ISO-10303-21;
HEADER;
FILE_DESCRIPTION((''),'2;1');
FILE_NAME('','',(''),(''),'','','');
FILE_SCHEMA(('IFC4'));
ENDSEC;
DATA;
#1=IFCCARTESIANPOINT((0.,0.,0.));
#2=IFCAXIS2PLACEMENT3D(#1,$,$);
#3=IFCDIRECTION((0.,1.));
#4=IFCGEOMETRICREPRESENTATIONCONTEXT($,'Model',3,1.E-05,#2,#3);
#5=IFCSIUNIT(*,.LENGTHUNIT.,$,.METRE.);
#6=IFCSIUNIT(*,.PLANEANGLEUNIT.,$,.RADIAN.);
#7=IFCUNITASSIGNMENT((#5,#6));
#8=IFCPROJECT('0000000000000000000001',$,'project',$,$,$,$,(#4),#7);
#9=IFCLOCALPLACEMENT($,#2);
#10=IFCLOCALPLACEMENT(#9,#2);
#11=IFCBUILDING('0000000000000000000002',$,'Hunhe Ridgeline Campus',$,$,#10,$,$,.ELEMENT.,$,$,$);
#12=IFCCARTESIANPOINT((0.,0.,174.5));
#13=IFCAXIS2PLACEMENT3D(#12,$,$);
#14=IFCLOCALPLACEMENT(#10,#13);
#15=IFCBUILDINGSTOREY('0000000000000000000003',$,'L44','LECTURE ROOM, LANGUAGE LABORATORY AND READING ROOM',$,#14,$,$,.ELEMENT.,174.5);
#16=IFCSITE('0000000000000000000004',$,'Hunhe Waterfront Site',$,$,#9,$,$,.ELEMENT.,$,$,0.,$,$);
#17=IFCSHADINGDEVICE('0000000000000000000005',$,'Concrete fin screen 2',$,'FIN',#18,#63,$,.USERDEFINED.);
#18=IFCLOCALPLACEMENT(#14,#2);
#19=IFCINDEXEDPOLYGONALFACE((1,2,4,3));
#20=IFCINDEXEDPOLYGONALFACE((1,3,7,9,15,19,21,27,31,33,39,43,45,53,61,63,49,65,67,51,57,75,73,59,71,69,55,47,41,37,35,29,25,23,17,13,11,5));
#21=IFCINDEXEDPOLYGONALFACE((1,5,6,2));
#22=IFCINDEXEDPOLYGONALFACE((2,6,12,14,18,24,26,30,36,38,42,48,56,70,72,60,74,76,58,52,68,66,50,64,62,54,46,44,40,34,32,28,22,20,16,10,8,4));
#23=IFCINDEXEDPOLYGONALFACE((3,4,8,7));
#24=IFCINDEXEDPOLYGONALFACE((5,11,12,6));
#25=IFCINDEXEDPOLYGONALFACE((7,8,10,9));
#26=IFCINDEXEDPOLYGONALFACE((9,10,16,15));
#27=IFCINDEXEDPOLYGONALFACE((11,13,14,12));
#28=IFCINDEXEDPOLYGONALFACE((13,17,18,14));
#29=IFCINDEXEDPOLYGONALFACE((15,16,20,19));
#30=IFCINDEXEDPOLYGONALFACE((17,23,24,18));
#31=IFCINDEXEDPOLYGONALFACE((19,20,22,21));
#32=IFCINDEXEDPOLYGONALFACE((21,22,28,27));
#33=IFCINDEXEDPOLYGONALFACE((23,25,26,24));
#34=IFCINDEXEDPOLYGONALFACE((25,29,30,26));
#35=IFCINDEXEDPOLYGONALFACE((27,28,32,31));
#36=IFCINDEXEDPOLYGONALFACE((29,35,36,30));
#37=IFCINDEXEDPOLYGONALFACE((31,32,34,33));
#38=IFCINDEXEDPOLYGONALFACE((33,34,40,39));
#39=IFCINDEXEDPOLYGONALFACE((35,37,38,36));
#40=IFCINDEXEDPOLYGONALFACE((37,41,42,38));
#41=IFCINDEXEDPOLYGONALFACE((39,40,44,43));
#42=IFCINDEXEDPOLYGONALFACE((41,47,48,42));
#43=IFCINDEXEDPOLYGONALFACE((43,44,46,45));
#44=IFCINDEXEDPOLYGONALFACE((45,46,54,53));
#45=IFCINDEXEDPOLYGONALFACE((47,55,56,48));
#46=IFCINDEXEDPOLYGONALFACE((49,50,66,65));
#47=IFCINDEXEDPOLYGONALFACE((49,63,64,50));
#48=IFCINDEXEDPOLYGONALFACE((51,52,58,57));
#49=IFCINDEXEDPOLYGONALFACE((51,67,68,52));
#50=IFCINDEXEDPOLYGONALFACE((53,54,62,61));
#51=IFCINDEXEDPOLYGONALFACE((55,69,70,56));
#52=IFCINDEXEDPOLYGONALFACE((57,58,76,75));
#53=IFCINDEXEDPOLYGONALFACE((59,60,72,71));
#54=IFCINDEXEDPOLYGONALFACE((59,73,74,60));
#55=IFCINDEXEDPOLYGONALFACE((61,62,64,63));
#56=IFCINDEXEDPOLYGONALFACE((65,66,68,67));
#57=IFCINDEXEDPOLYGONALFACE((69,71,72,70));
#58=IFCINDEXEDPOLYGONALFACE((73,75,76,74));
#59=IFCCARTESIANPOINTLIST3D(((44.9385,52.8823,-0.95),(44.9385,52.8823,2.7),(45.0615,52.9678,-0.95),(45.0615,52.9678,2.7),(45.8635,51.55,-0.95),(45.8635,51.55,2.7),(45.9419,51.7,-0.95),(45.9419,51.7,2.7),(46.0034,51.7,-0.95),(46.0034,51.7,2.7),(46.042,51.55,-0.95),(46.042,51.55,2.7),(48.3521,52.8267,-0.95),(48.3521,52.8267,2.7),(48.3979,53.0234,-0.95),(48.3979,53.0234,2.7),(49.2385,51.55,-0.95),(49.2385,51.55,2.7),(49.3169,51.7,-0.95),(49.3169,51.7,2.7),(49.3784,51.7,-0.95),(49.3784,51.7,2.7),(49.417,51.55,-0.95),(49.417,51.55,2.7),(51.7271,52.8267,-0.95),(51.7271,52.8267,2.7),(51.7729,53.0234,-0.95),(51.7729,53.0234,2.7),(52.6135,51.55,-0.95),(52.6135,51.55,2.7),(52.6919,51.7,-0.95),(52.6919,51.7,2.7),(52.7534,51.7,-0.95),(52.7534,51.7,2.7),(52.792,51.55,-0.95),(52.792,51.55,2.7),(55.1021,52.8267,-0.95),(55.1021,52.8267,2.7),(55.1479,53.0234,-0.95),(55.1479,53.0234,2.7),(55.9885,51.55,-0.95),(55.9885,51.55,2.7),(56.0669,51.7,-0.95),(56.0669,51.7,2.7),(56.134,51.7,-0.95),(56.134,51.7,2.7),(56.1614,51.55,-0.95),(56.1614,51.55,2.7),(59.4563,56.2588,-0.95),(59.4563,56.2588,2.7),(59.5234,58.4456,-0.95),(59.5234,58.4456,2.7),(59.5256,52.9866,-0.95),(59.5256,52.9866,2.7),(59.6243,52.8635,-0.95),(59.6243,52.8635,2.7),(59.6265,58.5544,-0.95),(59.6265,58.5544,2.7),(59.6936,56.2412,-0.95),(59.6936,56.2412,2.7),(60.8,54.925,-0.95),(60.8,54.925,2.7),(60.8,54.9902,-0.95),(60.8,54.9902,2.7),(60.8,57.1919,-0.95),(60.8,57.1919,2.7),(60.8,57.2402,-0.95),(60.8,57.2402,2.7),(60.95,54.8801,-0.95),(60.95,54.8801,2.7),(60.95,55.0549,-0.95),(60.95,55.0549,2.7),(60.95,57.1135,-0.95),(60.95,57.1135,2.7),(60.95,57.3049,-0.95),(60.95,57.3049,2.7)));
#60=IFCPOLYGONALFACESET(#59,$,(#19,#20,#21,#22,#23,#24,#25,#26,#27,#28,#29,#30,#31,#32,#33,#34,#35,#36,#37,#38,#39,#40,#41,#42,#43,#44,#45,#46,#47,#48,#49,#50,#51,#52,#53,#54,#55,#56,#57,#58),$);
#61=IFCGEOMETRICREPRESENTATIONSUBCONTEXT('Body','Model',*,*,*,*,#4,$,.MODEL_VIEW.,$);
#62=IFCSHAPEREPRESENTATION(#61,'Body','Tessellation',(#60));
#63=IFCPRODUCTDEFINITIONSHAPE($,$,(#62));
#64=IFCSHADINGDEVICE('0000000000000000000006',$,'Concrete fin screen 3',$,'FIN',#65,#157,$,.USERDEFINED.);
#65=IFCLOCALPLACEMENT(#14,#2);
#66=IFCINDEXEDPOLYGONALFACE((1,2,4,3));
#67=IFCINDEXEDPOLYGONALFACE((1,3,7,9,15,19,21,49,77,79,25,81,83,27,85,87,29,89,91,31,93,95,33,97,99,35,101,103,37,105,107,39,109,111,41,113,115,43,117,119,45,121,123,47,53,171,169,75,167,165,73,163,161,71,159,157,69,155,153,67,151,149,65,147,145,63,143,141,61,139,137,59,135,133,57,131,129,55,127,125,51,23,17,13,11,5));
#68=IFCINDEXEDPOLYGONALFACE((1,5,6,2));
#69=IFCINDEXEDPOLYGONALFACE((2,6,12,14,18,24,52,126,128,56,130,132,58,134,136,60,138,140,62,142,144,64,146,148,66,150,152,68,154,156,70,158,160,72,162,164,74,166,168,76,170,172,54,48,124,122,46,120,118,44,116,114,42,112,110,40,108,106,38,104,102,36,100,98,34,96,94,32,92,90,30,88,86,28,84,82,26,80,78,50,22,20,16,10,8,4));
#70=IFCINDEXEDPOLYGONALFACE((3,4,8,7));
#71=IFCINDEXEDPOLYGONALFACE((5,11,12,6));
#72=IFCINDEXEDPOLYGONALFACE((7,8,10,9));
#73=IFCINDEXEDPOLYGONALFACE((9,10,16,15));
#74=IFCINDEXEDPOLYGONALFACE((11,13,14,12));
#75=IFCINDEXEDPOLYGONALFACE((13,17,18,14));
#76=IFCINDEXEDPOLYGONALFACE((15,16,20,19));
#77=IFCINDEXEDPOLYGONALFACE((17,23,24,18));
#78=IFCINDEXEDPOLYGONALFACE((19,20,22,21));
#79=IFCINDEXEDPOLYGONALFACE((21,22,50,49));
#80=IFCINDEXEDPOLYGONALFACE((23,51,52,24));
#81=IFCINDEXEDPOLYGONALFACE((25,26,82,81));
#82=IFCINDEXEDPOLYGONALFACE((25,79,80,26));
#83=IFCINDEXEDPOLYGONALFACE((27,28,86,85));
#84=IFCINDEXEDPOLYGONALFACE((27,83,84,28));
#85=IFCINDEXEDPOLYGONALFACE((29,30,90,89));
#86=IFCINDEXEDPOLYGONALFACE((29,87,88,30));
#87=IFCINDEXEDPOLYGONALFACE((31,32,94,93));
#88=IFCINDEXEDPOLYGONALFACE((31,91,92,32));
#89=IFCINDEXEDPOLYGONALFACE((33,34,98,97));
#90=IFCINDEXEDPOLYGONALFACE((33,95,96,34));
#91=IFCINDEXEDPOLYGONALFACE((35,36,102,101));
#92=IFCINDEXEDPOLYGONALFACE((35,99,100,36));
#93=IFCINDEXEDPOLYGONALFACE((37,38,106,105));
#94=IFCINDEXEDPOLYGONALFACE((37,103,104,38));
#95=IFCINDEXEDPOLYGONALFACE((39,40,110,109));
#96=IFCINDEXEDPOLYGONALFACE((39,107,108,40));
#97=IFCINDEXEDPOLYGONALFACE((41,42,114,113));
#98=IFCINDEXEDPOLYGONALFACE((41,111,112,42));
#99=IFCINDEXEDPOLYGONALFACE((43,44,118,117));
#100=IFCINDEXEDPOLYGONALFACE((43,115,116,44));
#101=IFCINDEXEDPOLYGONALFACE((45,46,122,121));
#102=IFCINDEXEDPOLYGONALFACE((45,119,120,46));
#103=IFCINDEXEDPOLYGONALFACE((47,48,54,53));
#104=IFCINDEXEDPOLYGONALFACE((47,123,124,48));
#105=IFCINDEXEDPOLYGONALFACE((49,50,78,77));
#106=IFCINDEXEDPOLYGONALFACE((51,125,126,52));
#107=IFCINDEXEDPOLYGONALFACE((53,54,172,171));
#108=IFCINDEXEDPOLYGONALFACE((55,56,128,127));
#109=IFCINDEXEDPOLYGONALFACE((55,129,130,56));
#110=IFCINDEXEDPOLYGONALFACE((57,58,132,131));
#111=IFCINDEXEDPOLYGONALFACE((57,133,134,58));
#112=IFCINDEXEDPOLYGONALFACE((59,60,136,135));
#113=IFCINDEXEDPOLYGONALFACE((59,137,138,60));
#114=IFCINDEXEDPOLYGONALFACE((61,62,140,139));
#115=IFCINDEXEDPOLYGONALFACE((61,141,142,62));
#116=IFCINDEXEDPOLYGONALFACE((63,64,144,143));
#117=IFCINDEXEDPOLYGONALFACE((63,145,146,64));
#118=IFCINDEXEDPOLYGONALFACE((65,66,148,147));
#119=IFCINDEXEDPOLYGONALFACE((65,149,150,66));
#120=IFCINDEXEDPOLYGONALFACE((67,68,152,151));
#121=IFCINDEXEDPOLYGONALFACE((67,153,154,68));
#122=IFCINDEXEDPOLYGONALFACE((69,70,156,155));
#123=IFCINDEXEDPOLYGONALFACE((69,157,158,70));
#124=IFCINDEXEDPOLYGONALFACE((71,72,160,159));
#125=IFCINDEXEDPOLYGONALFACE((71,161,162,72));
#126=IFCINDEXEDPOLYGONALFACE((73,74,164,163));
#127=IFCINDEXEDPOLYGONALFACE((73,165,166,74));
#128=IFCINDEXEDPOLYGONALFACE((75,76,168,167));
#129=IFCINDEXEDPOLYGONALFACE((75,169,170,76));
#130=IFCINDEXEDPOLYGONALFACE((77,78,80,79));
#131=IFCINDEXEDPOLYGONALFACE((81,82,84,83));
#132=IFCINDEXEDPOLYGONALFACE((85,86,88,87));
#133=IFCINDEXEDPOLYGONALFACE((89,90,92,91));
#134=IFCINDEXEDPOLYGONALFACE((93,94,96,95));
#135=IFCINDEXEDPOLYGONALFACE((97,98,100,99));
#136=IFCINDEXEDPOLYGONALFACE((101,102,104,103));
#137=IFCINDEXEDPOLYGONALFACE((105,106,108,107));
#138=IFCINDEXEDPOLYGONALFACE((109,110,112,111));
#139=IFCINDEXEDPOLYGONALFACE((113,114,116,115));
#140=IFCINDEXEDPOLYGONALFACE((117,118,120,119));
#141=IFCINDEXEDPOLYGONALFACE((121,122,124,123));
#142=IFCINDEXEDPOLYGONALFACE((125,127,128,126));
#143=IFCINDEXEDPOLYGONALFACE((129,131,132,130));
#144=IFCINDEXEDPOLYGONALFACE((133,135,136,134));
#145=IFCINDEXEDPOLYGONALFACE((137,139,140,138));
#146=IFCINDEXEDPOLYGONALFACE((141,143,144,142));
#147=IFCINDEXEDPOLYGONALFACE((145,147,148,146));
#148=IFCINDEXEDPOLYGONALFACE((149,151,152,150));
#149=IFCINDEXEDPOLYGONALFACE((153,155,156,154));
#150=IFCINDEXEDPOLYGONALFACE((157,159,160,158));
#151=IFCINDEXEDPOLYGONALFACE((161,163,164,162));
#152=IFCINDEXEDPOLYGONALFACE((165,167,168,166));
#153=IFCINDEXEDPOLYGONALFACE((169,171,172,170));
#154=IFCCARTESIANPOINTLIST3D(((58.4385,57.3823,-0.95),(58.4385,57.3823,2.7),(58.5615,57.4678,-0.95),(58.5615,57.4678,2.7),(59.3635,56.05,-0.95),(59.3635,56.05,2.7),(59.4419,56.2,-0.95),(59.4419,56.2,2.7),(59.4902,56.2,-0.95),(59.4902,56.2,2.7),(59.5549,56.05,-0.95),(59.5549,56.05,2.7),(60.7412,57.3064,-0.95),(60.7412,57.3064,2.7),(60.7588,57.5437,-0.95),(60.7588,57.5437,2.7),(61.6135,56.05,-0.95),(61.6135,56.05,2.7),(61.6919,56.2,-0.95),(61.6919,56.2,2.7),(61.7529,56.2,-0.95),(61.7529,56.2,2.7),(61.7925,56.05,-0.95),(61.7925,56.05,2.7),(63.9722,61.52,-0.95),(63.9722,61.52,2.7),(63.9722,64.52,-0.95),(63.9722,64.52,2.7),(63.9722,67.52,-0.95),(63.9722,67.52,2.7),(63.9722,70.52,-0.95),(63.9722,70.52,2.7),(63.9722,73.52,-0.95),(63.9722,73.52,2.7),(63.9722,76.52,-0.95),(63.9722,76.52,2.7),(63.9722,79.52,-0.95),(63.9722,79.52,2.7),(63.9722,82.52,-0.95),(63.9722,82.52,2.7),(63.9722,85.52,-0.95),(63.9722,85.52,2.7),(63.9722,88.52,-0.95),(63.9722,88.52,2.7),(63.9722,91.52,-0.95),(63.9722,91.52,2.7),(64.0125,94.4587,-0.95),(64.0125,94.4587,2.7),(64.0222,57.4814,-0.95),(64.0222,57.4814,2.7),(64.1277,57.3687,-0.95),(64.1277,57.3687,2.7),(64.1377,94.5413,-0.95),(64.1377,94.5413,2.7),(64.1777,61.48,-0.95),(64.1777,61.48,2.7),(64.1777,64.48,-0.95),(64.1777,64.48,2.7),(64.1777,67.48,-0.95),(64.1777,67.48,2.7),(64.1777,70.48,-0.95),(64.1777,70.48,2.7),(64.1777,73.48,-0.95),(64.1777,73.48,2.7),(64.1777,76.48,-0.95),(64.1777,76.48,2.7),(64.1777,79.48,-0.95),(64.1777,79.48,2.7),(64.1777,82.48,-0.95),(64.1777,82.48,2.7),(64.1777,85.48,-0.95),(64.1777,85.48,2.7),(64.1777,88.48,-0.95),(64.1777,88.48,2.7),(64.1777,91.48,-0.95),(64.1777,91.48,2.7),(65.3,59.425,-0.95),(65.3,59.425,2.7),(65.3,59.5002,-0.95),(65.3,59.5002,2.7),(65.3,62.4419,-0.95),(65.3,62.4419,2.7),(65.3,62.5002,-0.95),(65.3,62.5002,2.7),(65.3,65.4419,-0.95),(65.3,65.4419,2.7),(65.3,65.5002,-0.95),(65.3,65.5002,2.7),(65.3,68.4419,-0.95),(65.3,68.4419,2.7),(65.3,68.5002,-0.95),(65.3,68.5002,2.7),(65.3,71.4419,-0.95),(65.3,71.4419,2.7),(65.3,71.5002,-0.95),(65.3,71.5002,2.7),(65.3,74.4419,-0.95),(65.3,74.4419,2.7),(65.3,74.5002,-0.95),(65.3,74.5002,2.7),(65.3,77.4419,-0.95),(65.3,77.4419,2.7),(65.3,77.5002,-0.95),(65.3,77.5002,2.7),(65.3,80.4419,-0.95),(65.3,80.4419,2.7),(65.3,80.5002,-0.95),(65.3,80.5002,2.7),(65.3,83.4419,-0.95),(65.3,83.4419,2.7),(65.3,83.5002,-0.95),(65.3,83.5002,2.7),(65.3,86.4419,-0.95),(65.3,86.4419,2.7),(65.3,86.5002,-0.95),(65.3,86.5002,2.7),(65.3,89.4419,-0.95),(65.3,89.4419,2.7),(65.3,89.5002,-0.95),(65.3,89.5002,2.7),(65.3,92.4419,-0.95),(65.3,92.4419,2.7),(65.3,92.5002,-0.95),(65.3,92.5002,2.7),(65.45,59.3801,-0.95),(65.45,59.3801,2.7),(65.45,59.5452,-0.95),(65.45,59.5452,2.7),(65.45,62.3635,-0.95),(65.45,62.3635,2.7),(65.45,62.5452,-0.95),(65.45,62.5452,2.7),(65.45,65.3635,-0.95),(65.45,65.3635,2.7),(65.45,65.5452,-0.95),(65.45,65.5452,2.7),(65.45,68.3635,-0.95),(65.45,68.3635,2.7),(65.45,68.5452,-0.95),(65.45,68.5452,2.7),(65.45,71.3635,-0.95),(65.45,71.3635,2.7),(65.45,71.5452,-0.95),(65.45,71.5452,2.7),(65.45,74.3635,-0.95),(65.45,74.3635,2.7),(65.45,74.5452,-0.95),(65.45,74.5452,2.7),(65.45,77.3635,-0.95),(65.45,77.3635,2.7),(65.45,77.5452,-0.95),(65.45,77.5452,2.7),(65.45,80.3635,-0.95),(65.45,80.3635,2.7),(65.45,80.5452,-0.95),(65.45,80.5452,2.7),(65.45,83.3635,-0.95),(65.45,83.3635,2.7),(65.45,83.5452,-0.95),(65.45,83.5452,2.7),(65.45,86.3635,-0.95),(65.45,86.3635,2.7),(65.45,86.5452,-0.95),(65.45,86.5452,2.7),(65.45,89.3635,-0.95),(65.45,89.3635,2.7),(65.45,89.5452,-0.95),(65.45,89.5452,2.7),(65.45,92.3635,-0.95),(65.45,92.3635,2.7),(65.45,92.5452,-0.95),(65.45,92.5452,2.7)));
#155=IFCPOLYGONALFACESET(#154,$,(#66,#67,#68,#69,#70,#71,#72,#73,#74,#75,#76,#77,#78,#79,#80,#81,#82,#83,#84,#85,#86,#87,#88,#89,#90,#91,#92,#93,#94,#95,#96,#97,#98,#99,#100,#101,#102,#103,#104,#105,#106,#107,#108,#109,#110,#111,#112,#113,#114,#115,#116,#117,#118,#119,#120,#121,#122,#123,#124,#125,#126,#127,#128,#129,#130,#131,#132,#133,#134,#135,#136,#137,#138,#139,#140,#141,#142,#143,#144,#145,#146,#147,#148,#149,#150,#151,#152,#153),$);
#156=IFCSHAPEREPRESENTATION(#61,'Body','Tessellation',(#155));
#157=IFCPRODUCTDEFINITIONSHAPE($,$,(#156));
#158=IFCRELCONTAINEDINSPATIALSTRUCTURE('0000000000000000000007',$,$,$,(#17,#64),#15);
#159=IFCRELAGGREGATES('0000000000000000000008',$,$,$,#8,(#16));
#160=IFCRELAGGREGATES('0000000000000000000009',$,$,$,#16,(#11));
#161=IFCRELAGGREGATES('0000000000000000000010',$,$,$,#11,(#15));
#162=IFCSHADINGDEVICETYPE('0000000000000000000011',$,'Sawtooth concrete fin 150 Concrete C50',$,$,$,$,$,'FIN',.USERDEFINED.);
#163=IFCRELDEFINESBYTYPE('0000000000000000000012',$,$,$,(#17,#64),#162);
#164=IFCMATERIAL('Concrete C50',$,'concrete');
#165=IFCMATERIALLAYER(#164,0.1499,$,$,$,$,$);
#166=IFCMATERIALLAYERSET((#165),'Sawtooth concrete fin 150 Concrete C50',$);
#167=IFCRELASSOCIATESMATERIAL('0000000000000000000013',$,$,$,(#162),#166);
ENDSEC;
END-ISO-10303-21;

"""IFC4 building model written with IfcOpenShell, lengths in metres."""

from ifc_helpers import new_model, si_unit, direction, frame, origin, place, context, subcontext, project, spatial, polyline, outline, extrude, material, layer, layer_set, type_object, element, save


model = new_model("IFC4")

# Units and contexts
model_context = context("Model", 3, precision=1e-05, world=origin(), true_north=direction((0.0, 1.0)))
body_context = subcontext(model_context, "Body", "Model", "MODEL_VIEW")
ifc_project = project(units=[si_unit("LENGTHUNIT", "METRE"), si_unit("PLANEANGLEUNIT", "RADIAN")], contexts=[model_context])

# Site, building, storey
site_placement = place(None, origin())
site = spatial("IfcSite", under=ifc_project, at=site_placement, Name="Hunhe Waterfront Site", CompositionType="ELEMENT", RefElevation=0.0)
building_placement = place(site_placement, origin())
building = spatial("IfcBuilding", under=site, at=building_placement, Name="Hunhe Ridgeline Campus", CompositionType="ELEMENT")
storey_placement = place(building_placement, frame((0.0, 0.0, 174.5)))
storey = spatial("IfcBuildingStorey", under=building, at=storey_placement, Name="L44", Description="LECTURE ROOM, LANGUAGE LABORATORY AND READING ROOM", CompositionType="ELEMENT", Elevation=174.5)

# Shading devices
ifc_material_1 = material(Name="Concrete C50", Category="concrete")
ifc_layer_1 = layer(ifc_material_1, 0.1499)
ifc_layer_set_1 = layer_set([ifc_layer_1], Name="Sawtooth concrete fin 150 Concrete C50")
shading_device_type = type_object("IfcShadingDeviceType", Name="Sawtooth concrete fin 150 Concrete C50", ElementType="FIN", PredefinedType="USERDEFINED", material=ifc_layer_set_1)
shading_device_1_placement = place(storey_placement, frame((0.0, 0.0, -0.95)))
element("IfcShadingDevice", 1, at=shading_device_1_placement, inside=storey, type_object=shading_device_type, Name="Concrete fin screen 2", ObjectType="FIN", PredefinedType="USERDEFINED", context=body_context, shape_type="SweptSolid", body=[
    extrude(outline(polyline([(45.0615, 52.9678), (44.9385, 52.8823), (45.8635, 51.55), (46.042, 51.55), (48.3521, 52.8267), (49.2385, 51.55), (49.417, 51.55), (51.7271, 52.8267), (52.6135, 51.55), (52.792, 51.55), (55.1021, 52.8267), (55.9885, 51.55), (56.1614, 51.55), (59.6243, 52.8635), (60.95, 54.8801), (60.95, 55.0549), (59.6936, 56.2412), (60.95, 57.1135), (60.95, 57.3049), (59.6265, 58.5544), (59.5234, 58.4456), (60.8, 57.2402), (60.8, 57.1919), (59.4563, 56.2588), (60.8, 54.9902), (60.8, 54.925), (59.5256, 52.9866), (56.134, 51.7), (56.0669, 51.7), (55.1479, 53.0234), (52.7534, 51.7), (52.6919, 51.7), (51.7729, 53.0234), (49.3784, 51.7), (49.3169, 51.7), (48.3979, 53.0234), (46.0034, 51.7), (45.9419, 51.7), (45.0615, 52.9678)])), origin(), (0.0, 0.0, 1.0), 3.6499),
])
shading_device_2_placement = place(storey_placement, frame((0.0, 0.0, -0.95)))
element("IfcShadingDevice", 2, at=shading_device_2_placement, inside=storey, type_object=shading_device_type, Name="Concrete fin screen 3", ObjectType="FIN", PredefinedType="USERDEFINED", context=body_context, shape_type="SweptSolid", body=[
    extrude(outline(polyline([(58.5615, 57.4678), (58.4385, 57.3823), (59.3635, 56.05), (59.5549, 56.05), (60.7412, 57.3064), (61.6135, 56.05), (61.7925, 56.05), (64.1277, 57.3687), (65.45, 59.3801), (65.45, 59.5452), (64.1777, 61.48), (65.45, 62.3635), (65.45, 62.5452), (64.1777, 64.48), (65.45, 65.3635), (65.45, 65.5452), (64.1777, 67.48), (65.45, 68.3635), (65.45, 68.5452), (64.1777, 70.48), (65.45, 71.3635), (65.45, 71.5452), (64.1777, 73.48), (65.45, 74.3635), (65.45, 74.5452), (64.1777, 76.48), (65.45, 77.3635), (65.45, 77.5452), (64.1777, 79.48), (65.45, 80.3635), (65.45, 80.5452), (64.1777, 82.48), (65.45, 83.3635), (65.45, 83.5452), (64.1777, 85.48), (65.45, 86.3635), (65.45, 86.5452), (64.1777, 88.48), (65.45, 89.3635), (65.45, 89.5452), (64.1777, 91.48), (65.45, 92.3635), (65.45, 92.5452), (64.1377, 94.5413), (64.0125, 94.4587), (65.3, 92.5002), (65.3, 92.4419), (63.9722, 91.52), (65.3, 89.5002), (65.3, 89.4419), (63.9722, 88.52), (65.3, 86.5002), (65.3, 86.4419), (63.9722, 85.52), (65.3, 83.5002), (65.3, 83.4419), (63.9722, 82.52), (65.3, 80.5002), (65.3, 80.4419), (63.9722, 79.52), (65.3, 77.5002), (65.3, 77.4419), (63.9722, 76.52), (65.3, 74.5002), (65.3, 74.4419), (63.9722, 73.52), (65.3, 71.5002), (65.3, 71.4419), (63.9722, 70.52), (65.3, 68.5002), (65.3, 68.4419), (63.9722, 67.52), (65.3, 65.5002), (65.3, 65.4419), (63.9722, 64.52), (65.3, 62.5002), (65.3, 62.4419), (63.9722, 61.52), (65.3, 59.5002), (65.3, 59.425), (64.0222, 57.4814), (61.7529, 56.2), (61.6919, 56.2), (60.7588, 57.5437), (59.4902, 56.2), (59.4419, 56.2), (58.5615, 57.4678)])), origin(), (0.0, 0.0, 1.0), 3.6499),
])

save(model, "model.ifc")
